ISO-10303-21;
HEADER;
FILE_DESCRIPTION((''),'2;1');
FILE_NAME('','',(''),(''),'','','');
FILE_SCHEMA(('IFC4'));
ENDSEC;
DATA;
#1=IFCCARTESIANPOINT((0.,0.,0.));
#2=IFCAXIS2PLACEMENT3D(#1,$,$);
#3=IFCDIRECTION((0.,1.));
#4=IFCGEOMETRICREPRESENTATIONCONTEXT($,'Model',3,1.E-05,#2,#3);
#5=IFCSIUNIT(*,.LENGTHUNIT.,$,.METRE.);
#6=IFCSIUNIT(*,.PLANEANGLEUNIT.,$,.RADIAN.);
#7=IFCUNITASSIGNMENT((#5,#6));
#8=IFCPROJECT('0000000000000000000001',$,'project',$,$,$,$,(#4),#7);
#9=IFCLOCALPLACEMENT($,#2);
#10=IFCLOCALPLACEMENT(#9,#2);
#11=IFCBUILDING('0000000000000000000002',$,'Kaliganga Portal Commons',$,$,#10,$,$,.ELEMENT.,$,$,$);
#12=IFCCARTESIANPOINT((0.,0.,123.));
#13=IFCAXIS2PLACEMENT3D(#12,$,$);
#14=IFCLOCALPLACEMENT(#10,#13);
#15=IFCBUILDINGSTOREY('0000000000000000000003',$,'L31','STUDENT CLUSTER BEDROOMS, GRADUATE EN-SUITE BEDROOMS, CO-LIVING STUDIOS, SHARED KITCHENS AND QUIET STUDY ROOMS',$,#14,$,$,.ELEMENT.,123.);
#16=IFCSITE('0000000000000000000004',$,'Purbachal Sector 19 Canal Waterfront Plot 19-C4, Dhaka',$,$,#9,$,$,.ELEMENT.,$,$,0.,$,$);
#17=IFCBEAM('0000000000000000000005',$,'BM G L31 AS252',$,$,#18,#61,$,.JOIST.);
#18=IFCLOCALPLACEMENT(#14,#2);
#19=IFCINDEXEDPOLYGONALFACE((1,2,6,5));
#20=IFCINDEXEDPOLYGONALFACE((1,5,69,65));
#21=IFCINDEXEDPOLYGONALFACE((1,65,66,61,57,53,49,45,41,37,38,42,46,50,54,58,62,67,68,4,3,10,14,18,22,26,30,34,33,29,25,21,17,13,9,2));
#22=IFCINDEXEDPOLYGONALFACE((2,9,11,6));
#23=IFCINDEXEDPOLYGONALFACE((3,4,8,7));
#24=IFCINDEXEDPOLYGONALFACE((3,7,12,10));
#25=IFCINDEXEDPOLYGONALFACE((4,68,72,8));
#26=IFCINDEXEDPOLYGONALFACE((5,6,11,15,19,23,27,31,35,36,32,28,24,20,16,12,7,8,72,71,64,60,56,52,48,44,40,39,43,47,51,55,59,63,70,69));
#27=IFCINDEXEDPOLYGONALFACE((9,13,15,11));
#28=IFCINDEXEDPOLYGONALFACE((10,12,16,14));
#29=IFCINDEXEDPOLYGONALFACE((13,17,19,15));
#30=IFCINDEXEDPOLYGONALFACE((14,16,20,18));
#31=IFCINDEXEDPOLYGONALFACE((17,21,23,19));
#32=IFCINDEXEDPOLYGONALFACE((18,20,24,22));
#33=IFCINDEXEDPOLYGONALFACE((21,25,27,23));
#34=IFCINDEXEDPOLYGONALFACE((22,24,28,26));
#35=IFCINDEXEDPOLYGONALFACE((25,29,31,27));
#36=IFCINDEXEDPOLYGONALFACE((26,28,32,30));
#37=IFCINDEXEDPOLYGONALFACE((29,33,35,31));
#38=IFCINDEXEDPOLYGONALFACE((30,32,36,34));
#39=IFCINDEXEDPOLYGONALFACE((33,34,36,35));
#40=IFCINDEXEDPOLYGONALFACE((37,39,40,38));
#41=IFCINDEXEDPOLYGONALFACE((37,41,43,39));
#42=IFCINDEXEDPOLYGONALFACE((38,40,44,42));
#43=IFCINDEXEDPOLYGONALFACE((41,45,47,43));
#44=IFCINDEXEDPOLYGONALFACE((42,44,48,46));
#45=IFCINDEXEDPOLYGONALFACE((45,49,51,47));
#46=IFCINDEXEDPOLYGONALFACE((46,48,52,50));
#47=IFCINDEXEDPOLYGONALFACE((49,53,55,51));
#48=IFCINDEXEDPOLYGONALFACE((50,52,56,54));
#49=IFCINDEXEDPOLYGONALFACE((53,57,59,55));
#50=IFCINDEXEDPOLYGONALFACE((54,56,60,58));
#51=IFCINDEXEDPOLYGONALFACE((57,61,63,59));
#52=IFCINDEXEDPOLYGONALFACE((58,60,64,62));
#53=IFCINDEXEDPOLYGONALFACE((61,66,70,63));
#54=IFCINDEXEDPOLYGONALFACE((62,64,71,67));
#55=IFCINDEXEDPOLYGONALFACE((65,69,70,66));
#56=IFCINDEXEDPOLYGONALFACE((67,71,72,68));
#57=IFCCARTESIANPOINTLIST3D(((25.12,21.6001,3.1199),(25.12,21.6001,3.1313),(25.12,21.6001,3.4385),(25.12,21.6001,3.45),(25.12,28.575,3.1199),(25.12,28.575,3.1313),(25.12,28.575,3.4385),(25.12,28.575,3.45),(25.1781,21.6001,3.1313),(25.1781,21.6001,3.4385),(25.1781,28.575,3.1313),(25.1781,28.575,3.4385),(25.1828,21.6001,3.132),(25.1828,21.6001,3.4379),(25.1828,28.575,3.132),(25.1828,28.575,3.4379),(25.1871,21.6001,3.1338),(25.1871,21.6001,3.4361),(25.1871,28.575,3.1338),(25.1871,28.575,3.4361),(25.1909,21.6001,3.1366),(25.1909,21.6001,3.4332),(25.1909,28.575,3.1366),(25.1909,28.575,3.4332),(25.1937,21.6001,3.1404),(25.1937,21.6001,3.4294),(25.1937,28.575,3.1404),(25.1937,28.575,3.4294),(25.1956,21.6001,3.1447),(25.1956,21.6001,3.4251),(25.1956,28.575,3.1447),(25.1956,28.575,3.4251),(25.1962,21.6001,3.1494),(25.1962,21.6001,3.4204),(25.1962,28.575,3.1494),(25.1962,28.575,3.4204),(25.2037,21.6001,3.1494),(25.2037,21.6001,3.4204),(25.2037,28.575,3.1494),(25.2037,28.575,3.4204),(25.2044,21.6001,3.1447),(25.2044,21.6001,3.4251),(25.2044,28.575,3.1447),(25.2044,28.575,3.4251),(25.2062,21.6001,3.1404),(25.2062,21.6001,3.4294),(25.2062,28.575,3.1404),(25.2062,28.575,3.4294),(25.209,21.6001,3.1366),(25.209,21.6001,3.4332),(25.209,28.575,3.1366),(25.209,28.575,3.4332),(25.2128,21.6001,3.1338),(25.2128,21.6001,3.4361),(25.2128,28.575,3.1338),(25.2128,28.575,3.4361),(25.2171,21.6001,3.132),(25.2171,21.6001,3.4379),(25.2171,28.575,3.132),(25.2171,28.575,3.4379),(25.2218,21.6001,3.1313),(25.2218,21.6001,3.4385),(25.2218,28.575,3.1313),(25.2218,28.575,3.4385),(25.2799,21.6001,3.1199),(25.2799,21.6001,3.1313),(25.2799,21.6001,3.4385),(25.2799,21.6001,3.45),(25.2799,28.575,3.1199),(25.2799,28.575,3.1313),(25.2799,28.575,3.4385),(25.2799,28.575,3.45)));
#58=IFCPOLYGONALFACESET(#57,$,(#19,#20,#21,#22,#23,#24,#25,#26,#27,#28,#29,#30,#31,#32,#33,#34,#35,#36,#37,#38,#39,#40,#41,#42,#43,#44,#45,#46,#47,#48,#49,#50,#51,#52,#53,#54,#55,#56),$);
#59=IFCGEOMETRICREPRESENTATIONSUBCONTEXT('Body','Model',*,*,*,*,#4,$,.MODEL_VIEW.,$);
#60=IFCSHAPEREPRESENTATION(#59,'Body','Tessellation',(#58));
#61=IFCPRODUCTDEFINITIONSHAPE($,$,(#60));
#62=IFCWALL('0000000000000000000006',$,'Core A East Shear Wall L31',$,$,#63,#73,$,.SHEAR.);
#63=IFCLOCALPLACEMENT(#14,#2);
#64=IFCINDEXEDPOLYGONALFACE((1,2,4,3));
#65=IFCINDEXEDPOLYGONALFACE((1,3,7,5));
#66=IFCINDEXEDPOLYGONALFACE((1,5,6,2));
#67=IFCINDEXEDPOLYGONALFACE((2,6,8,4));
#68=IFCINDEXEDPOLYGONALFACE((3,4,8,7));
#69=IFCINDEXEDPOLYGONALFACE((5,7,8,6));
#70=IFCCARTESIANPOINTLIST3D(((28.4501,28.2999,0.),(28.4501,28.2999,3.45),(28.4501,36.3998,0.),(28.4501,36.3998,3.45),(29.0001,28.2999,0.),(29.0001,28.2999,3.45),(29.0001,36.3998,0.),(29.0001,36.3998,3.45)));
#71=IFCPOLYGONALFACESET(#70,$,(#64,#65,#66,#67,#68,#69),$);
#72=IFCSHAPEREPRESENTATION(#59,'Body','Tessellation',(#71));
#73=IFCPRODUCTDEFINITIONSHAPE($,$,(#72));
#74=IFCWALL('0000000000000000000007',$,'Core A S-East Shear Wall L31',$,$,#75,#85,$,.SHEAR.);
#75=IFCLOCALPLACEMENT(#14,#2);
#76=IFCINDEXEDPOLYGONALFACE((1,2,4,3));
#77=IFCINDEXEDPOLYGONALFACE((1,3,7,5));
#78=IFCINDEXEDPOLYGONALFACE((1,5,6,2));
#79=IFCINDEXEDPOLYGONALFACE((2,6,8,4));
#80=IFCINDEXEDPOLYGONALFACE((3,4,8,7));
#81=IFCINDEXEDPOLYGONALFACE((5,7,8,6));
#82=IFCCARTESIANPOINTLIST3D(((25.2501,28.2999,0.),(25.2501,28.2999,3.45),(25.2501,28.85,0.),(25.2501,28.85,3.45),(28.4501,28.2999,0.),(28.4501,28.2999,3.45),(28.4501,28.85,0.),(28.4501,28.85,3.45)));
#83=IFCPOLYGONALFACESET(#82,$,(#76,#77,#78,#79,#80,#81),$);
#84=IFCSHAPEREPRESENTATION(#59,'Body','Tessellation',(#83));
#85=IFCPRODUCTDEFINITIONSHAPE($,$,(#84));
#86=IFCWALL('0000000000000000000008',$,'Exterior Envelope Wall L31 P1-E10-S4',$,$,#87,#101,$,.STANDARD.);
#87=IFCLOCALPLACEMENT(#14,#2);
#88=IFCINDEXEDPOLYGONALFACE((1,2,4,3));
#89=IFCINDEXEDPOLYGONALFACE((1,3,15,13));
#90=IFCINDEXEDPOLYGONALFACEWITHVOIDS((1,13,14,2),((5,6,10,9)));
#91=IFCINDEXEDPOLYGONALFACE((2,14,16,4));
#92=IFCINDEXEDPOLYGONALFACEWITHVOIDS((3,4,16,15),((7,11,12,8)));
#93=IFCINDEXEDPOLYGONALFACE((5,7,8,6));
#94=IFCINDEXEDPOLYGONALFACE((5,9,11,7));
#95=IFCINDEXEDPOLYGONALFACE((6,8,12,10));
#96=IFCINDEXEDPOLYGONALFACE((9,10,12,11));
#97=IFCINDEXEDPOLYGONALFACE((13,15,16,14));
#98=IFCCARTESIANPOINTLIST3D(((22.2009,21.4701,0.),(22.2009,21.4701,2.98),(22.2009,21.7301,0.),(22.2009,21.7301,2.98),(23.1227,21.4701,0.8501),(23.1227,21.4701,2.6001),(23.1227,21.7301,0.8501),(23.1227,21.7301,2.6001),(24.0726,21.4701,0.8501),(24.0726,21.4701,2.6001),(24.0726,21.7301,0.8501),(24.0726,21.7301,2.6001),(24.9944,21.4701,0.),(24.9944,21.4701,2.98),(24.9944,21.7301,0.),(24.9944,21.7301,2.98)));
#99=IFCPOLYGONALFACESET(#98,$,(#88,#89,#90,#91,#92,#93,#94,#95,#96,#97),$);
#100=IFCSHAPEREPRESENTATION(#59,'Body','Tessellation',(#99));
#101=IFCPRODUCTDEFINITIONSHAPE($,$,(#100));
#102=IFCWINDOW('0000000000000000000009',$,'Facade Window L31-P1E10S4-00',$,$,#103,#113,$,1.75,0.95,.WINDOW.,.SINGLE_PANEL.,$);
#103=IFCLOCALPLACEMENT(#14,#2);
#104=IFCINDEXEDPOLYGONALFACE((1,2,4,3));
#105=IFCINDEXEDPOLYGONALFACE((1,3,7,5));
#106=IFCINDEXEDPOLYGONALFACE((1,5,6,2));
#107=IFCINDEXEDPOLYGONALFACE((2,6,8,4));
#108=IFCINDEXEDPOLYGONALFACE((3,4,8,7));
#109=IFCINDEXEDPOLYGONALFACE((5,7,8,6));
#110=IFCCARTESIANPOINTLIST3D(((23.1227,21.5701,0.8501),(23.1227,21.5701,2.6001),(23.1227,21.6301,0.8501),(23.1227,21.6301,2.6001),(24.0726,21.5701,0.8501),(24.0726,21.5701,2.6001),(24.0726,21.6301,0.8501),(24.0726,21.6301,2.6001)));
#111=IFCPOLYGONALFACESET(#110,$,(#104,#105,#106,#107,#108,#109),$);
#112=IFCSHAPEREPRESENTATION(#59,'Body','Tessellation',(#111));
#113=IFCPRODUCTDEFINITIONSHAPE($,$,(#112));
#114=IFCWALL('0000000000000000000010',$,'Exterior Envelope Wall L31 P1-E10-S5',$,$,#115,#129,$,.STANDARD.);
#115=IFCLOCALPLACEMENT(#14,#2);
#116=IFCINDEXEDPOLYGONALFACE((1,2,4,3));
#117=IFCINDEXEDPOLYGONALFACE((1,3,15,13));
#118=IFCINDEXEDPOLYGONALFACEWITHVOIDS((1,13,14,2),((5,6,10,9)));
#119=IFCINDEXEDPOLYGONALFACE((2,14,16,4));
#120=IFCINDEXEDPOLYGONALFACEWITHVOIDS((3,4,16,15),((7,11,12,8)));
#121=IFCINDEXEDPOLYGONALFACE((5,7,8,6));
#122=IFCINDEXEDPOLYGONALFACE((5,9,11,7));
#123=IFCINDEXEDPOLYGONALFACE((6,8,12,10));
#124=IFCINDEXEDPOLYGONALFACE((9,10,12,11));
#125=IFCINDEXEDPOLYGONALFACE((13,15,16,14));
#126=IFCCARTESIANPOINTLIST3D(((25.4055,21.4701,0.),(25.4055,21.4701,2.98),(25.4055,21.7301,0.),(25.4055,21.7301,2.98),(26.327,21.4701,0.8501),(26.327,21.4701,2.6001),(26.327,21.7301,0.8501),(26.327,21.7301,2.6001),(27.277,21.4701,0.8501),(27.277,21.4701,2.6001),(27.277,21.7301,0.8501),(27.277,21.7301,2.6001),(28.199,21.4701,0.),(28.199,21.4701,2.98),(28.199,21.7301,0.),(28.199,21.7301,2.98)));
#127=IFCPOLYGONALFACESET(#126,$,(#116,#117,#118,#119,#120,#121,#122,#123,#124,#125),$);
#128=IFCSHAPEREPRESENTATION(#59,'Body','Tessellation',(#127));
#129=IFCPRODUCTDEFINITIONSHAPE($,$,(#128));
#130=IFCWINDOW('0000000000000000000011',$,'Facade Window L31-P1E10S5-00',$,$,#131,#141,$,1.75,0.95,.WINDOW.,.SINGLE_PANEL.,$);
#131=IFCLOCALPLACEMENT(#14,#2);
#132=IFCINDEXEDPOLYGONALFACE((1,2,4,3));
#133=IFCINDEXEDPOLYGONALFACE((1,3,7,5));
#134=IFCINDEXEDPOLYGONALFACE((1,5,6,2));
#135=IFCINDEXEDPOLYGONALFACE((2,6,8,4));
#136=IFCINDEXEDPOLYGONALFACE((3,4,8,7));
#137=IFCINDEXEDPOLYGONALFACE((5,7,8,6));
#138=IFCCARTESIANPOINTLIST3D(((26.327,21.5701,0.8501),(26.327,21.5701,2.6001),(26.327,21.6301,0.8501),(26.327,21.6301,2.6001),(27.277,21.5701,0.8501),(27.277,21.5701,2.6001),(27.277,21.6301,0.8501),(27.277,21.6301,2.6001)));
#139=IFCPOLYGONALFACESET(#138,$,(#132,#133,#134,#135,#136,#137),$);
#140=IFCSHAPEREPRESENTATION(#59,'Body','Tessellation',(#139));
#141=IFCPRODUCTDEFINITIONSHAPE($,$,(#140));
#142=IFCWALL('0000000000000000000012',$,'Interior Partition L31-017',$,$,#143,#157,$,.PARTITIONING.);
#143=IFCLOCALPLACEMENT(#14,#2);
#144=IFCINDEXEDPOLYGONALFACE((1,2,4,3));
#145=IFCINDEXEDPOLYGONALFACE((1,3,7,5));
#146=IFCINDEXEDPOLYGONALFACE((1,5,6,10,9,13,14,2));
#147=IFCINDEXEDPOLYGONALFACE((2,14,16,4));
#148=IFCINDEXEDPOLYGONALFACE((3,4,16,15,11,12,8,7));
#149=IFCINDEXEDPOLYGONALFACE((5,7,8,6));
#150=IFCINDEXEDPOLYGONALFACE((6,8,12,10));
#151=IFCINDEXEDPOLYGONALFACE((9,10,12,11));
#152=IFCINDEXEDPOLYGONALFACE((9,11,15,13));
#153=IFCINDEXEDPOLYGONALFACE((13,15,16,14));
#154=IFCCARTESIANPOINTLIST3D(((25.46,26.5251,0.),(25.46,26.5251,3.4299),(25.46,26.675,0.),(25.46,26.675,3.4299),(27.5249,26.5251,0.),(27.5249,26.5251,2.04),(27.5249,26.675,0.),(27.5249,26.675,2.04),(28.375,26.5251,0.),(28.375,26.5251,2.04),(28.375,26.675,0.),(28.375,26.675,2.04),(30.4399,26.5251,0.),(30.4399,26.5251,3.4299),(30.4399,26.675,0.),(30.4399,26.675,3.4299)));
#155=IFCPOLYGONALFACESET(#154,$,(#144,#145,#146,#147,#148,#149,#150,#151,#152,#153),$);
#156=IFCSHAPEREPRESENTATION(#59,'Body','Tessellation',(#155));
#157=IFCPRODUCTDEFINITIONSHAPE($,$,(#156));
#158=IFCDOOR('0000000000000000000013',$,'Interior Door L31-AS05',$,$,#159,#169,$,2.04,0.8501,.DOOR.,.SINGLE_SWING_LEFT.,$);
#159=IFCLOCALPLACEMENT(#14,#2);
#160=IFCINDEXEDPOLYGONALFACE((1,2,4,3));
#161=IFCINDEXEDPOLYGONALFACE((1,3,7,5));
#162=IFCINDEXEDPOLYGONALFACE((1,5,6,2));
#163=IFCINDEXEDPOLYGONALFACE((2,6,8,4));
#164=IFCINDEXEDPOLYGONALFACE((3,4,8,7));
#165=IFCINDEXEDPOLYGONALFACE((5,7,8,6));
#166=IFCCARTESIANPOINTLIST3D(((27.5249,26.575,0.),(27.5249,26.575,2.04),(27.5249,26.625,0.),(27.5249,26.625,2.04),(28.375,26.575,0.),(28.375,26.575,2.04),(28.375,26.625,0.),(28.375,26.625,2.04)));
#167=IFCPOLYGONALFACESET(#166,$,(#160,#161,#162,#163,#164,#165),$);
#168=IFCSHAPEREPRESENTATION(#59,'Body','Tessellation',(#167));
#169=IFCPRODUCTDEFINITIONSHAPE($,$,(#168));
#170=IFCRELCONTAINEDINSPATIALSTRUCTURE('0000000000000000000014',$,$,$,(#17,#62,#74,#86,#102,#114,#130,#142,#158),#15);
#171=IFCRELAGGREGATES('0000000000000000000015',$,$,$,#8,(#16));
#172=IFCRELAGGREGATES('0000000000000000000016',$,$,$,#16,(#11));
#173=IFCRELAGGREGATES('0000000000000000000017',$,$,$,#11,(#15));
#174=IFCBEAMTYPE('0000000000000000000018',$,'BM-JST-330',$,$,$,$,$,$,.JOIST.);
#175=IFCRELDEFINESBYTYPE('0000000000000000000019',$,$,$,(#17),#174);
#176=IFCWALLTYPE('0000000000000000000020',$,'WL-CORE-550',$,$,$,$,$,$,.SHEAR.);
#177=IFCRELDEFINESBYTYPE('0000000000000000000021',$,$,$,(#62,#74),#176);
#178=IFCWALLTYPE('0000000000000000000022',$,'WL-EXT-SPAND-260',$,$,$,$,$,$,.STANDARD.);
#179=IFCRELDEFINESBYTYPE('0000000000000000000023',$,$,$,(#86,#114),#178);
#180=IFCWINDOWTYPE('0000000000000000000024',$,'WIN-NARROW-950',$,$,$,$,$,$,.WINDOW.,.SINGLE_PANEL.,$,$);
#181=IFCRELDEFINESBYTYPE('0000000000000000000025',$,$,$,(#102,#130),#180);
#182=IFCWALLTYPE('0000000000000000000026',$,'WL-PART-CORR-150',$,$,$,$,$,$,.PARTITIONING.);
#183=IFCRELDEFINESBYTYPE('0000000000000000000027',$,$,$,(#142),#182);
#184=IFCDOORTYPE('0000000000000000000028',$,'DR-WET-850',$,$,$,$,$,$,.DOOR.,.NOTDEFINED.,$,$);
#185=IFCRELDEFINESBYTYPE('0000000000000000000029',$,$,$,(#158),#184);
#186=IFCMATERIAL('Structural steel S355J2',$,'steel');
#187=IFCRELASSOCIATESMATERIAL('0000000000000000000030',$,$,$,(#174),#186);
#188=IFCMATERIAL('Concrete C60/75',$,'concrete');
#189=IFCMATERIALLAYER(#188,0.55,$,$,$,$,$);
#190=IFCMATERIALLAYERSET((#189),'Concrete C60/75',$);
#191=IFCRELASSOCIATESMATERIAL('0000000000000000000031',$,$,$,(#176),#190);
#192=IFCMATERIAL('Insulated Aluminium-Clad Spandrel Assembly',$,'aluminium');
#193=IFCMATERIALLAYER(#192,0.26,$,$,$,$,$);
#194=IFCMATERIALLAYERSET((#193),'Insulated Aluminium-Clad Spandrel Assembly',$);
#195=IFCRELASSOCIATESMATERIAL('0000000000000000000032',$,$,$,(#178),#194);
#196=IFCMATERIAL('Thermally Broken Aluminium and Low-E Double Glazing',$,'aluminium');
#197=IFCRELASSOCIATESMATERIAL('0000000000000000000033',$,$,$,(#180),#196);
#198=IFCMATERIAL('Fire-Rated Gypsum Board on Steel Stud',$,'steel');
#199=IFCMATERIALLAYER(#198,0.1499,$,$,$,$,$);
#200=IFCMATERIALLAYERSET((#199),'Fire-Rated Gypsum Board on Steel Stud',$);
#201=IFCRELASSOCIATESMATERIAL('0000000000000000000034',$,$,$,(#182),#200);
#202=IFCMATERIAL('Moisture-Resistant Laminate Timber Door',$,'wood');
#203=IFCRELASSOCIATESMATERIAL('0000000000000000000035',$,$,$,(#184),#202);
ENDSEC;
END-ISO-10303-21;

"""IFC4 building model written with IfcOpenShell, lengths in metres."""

from ifc_helpers import new_model, si_unit, direction, frame, frame_2d, origin, origin_2d, place, context, subcontext, project, spatial, rectangle, i_section, extrude, source, transform, mapped, material, layer, layer_set, material_profile, profile_set, type_object, element, fill, save


model = new_model("IFC4")

# Units and contexts
model_context = context("Model", 3, precision=1e-05, world=origin(), true_north=direction((0.0, 1.0)))
body_context = subcontext(model_context, "Body", "Model", "MODEL_VIEW")
ifc_project = project(units=[si_unit("LENGTHUNIT", "METRE"), si_unit("PLANEANGLEUNIT", "RADIAN")], contexts=[model_context])

# Site, building, storey
site_placement = place(None, origin())
site = spatial("IfcSite", under=ifc_project, at=site_placement, Name="Purbachal Sector 19 Canal Waterfront Plot 19-C4, Dhaka", CompositionType="ELEMENT", RefElevation=0.0)
building_placement = place(site_placement, origin())
building = spatial("IfcBuilding", under=site, at=building_placement, Name="Kaliganga Portal Commons", CompositionType="ELEMENT")
storey_placement = place(building_placement, frame((0.0, 0.0, 123.0)))
storey = spatial("IfcBuildingStorey", under=building, at=storey_placement, Name="L31", Description="STUDENT CLUSTER BEDROOMS, GRADUATE EN-SUITE BEDROOMS, CO-LIVING STUDIOS, SHARED KITCHENS AND QUIET STUDY ROOMS", CompositionType="ELEMENT", Elevation=123.0)

# Shared definitions
ifc_material_1 = material(Name="Concrete C60/75", Category="concrete")

# Beam
ifc_material_2 = material(Name="Structural steel S355J2", Category="steel")
ifc_material_profile_1 = material_profile(ifc_material_2, i_section(OverallWidth=0.1599, OverallDepth=0.3301, WebThickness=0.0076, FlangeThickness=0.0115, FilletRadius=0.0181, at=origin_2d()), Name="IPE 330")
ifc_profile_set_1 = profile_set([ifc_material_profile_1], Name="Structural steel S355J2 wide-flange")
beam_type_1 = type_object("IfcBeamType", Name="BM-JST-330", PredefinedType="JOIST", material=ifc_profile_set_1)
shared_shape_1 = source(origin(), body_context, "Body", "SweptSolid", [
    extrude(i_section(OverallWidth=0.1599, OverallDepth=0.3301, WebThickness=0.0076, FlangeThickness=0.0115, FilletRadius=0.0181, at=origin_2d()), origin(), (0.0, 0.0, 1.0), 6.9749),
])
beam_1_placement = place(storey_placement, frame((25.2, 21.6001, 3.2849), z_axis=(0.0, 1.0, 0.0), x_axis=(-1.0, 0.0, 0.0)))
element("IfcBeam", 1, at=beam_1_placement, inside=storey, type_object=beam_type_1, Name="BM G L31 AS252", PredefinedType="JOIST", context=body_context, shape_type="MappedRepresentation", body=[
    mapped(shared_shape_1, transform((0.0, 0.0, 0.0), x_axis=(1.0, 0.0, 0.0), y_axis=(0.0, 1.0, 0.0), z_axis=(0.0, 0.0, 1.0), scale=1.0)),
])

# Walls
ifc_layer_1 = layer(ifc_material_1, 0.55)
ifc_layer_set_1 = layer_set([ifc_layer_1], Name="Concrete C60/75")
wall_type_1 = type_object("IfcWallType", Name="WL-CORE-550", PredefinedType="SHEAR", material=ifc_layer_set_1)
wall_1_placement = place(storey_placement, frame((28.7251, 28.3, 0.0), z_axis=(0.0, 0.0, 1.0), x_axis=(0.0, 1.0, 0.0)))
element("IfcWall", 2, at=wall_1_placement, inside=storey, type_object=wall_type_1, Name="Core A East Shear Wall L31", PredefinedType="SHEAR", context=body_context, shape_type="SweptSolid", body=[
    extrude(rectangle(XDim=8.0999, YDim=0.55, at=frame_2d((4.0498, 0.0))), origin(), (0.0, 0.0, 1.0), 3.45),
])
wall_2_placement = place(storey_placement, frame((25.25, 28.575, 0.0), z_axis=(0.0, 0.0, 1.0), x_axis=(1.0, 0.0, 0.0)))
element("IfcWall", 3, at=wall_2_placement, inside=storey, type_object=wall_type_1, Name="Core A S-East Shear Wall L31", PredefinedType="SHEAR", context=body_context, shape_type="SweptSolid", body=[
    extrude(rectangle(XDim=3.2, YDim=0.55, at=frame_2d((1.6001, 0.0))), origin(), (0.0, 0.0, 1.0), 3.45),
])

# Walls, openings, windows
ifc_material_3 = material(Name="Insulated Aluminium-Clad Spandrel Assembly", Category="aluminium")
ifc_layer_2 = layer(ifc_material_3, 0.26)
ifc_layer_set_2 = layer_set([ifc_layer_2], Name="Insulated Aluminium-Clad Spandrel Assembly")
wall_type_2 = type_object("IfcWallType", Name="WL-EXT-SPAND-260", PredefinedType="STANDARD", material=ifc_layer_set_2)
wall_3_placement = place(storey_placement, frame((24.9944, 21.6001, 0.0), z_axis=(0.0, 0.0, 1.0), x_axis=(-1.0, 0.0, 0.0)))
wall_3 = element("IfcWall", 4, at=wall_3_placement, inside=storey, type_object=wall_type_2, Name="Exterior Envelope Wall L31 P1-E10-S4", PredefinedType="STANDARD", context=body_context, shape_type="SweptSolid", body=[
    extrude(rectangle(XDim=2.7935, YDim=0.26, at=frame_2d((1.3967, 0.0))), origin(), (0.0, 0.0, 1.0), 2.98),
])
opening_1_placement = place(wall_3_placement, frame((0.9216, 0.0, 0.8501)))
opening_1 = element("IfcOpeningElement", 5, at=opening_1_placement, cuts=wall_3, PredefinedType="OPENING", context=body_context, shape_type="SweptSolid", body=[
    extrude(rectangle(XDim=0.95, YDim=1.75, at=frame_2d((0.4751, 0.875))), frame((0.0, 0.1401, 0.0), z_axis=(0.0, -1.0, 0.0), x_axis=(1.0, 0.0, 0.0)), (0.0, 0.0, 1.0), 0.28),
])
ifc_material_4 = material(Name="Thermally Broken Aluminium and Low-E Double Glazing", Category="aluminium")
window_type = type_object("IfcWindowType", Name="WIN-NARROW-950", PartitioningType="SINGLE_PANEL", PredefinedType="WINDOW", material=ifc_material_4)
window_1_placement = place(opening_1_placement, origin())
window_1 = element("IfcWindow", 6, at=window_1_placement, inside=storey, type_object=window_type, Name="Facade Window L31-P1E10S4-00", OverallHeight=1.75, OverallWidth=0.95, PartitioningType="SINGLE_PANEL", PredefinedType="WINDOW", context=body_context, shape_type="SweptSolid", body=[
    extrude(rectangle(XDim=0.95, YDim=1.75, at=frame_2d((0.4751, 0.875))), frame((0.0, 0.03, 0.0), z_axis=(0.0, -1.0, 0.0), x_axis=(1.0, 0.0, 0.0)), (0.0, 0.0, 1.0), 0.0601),
])
fill(opening_1, window_1)
wall_4_placement = place(storey_placement, frame((28.199, 21.6001, 0.0), z_axis=(0.0, 0.0, 1.0), x_axis=(-1.0, 0.0, 0.0)))
wall_4 = element("IfcWall", 7, at=wall_4_placement, inside=storey, type_object=wall_type_2, Name="Exterior Envelope Wall L31 P1-E10-S5", PredefinedType="STANDARD", context=body_context, shape_type="SweptSolid", body=[
    extrude(rectangle(XDim=2.7935, YDim=0.26, at=frame_2d((1.3967, 0.0))), origin(), (0.0, 0.0, 1.0), 2.98),
])
opening_2_placement = place(wall_4_placement, frame((0.9219, 0.0, 0.8501)))
opening_2 = element("IfcOpeningElement", 8, at=opening_2_placement, cuts=wall_4, PredefinedType="OPENING", context=body_context, shape_type="SweptSolid", body=[
    extrude(rectangle(XDim=0.95, YDim=1.75, at=frame_2d((0.4751, 0.875))), frame((0.0, 0.1401, 0.0), z_axis=(0.0, -1.0, 0.0), x_axis=(1.0, 0.0, 0.0)), (0.0, 0.0, 1.0), 0.28),
])
window_2_placement = place(opening_2_placement, origin())
window_2 = element("IfcWindow", 9, at=window_2_placement, inside=storey, type_object=window_type, Name="Facade Window L31-P1E10S5-00", OverallHeight=1.75, OverallWidth=0.95, PartitioningType="SINGLE_PANEL", PredefinedType="WINDOW", context=body_context, shape_type="SweptSolid", body=[
    extrude(rectangle(XDim=0.95, YDim=1.75, at=frame_2d((0.4751, 0.875))), frame((0.0, 0.03, 0.0), z_axis=(0.0, -1.0, 0.0), x_axis=(1.0, 0.0, 0.0)), (0.0, 0.0, 1.0), 0.0601),
])
fill(opening_2, window_2)

# Wall, opening, door
ifc_material_5 = material(Name="Fire-Rated Gypsum Board on Steel Stud", Category="steel")
ifc_layer_3 = layer(ifc_material_5, 0.1499)
ifc_layer_set_3 = layer_set([ifc_layer_3], Name="Fire-Rated Gypsum Board on Steel Stud")
wall_type_3 = type_object("IfcWallType", Name="WL-PART-CORR-150", PredefinedType="PARTITIONING", material=ifc_layer_set_3)
wall_5_placement = place(storey_placement, frame((25.46, 26.6001, 0.0), z_axis=(0.0, 0.0, 1.0), x_axis=(1.0, 0.0, 0.0)))
wall_5 = element("IfcWall", 10, at=wall_5_placement, inside=storey, type_object=wall_type_3, Name="Interior Partition L31-017", PredefinedType="PARTITIONING", context=body_context, shape_type="SweptSolid", body=[
    extrude(rectangle(XDim=4.98, YDim=0.1499, at=frame_2d((2.49, 0.0))), origin(), (0.0, 0.0, 1.0), 3.4299),
])
opening_3_placement = place(wall_5_placement, frame((2.0649, 0.0, 0.0)))
opening_3 = element("IfcOpeningElement", 11, at=opening_3_placement, cuts=wall_5, PredefinedType="OPENING", context=body_context, shape_type="SweptSolid", body=[
    extrude(rectangle(XDim=0.8501, YDim=2.04, at=frame_2d((0.425, 1.02))), frame((0.0, 0.085, 0.0), z_axis=(0.0, -1.0, 0.0), x_axis=(1.0, 0.0, 0.0)), (0.0, 0.0, 1.0), 0.1699),
])
ifc_material_6 = material(Name="Moisture-Resistant Laminate Timber Door", Category="wood")
door_type_1 = type_object("IfcDoorType", Name="DR-WET-850", OperationType="NOTDEFINED", PredefinedType="DOOR", material=ifc_material_6)
door_1_placement = place(opening_3_placement, origin())
door_1 = element("IfcDoor", 12, at=door_1_placement, inside=storey, type_object=door_type_1, Name="Interior Door L31-AS05", OperationType="SINGLE_SWING_LEFT", OverallHeight=2.04, OverallWidth=0.8501, PredefinedType="DOOR", context=body_context, shape_type="SweptSolid", body=[
    extrude(rectangle(XDim=0.8501, YDim=2.04, at=frame_2d((0.425, 1.02))), frame((0.0, 0.0249, 0.0), z_axis=(0.0, -1.0, 0.0), x_axis=(1.0, 0.0, 0.0)), (0.0, 0.0, 1.0), 0.05),
])
fill(opening_3, door_1)

save(model, "model.ifc")
